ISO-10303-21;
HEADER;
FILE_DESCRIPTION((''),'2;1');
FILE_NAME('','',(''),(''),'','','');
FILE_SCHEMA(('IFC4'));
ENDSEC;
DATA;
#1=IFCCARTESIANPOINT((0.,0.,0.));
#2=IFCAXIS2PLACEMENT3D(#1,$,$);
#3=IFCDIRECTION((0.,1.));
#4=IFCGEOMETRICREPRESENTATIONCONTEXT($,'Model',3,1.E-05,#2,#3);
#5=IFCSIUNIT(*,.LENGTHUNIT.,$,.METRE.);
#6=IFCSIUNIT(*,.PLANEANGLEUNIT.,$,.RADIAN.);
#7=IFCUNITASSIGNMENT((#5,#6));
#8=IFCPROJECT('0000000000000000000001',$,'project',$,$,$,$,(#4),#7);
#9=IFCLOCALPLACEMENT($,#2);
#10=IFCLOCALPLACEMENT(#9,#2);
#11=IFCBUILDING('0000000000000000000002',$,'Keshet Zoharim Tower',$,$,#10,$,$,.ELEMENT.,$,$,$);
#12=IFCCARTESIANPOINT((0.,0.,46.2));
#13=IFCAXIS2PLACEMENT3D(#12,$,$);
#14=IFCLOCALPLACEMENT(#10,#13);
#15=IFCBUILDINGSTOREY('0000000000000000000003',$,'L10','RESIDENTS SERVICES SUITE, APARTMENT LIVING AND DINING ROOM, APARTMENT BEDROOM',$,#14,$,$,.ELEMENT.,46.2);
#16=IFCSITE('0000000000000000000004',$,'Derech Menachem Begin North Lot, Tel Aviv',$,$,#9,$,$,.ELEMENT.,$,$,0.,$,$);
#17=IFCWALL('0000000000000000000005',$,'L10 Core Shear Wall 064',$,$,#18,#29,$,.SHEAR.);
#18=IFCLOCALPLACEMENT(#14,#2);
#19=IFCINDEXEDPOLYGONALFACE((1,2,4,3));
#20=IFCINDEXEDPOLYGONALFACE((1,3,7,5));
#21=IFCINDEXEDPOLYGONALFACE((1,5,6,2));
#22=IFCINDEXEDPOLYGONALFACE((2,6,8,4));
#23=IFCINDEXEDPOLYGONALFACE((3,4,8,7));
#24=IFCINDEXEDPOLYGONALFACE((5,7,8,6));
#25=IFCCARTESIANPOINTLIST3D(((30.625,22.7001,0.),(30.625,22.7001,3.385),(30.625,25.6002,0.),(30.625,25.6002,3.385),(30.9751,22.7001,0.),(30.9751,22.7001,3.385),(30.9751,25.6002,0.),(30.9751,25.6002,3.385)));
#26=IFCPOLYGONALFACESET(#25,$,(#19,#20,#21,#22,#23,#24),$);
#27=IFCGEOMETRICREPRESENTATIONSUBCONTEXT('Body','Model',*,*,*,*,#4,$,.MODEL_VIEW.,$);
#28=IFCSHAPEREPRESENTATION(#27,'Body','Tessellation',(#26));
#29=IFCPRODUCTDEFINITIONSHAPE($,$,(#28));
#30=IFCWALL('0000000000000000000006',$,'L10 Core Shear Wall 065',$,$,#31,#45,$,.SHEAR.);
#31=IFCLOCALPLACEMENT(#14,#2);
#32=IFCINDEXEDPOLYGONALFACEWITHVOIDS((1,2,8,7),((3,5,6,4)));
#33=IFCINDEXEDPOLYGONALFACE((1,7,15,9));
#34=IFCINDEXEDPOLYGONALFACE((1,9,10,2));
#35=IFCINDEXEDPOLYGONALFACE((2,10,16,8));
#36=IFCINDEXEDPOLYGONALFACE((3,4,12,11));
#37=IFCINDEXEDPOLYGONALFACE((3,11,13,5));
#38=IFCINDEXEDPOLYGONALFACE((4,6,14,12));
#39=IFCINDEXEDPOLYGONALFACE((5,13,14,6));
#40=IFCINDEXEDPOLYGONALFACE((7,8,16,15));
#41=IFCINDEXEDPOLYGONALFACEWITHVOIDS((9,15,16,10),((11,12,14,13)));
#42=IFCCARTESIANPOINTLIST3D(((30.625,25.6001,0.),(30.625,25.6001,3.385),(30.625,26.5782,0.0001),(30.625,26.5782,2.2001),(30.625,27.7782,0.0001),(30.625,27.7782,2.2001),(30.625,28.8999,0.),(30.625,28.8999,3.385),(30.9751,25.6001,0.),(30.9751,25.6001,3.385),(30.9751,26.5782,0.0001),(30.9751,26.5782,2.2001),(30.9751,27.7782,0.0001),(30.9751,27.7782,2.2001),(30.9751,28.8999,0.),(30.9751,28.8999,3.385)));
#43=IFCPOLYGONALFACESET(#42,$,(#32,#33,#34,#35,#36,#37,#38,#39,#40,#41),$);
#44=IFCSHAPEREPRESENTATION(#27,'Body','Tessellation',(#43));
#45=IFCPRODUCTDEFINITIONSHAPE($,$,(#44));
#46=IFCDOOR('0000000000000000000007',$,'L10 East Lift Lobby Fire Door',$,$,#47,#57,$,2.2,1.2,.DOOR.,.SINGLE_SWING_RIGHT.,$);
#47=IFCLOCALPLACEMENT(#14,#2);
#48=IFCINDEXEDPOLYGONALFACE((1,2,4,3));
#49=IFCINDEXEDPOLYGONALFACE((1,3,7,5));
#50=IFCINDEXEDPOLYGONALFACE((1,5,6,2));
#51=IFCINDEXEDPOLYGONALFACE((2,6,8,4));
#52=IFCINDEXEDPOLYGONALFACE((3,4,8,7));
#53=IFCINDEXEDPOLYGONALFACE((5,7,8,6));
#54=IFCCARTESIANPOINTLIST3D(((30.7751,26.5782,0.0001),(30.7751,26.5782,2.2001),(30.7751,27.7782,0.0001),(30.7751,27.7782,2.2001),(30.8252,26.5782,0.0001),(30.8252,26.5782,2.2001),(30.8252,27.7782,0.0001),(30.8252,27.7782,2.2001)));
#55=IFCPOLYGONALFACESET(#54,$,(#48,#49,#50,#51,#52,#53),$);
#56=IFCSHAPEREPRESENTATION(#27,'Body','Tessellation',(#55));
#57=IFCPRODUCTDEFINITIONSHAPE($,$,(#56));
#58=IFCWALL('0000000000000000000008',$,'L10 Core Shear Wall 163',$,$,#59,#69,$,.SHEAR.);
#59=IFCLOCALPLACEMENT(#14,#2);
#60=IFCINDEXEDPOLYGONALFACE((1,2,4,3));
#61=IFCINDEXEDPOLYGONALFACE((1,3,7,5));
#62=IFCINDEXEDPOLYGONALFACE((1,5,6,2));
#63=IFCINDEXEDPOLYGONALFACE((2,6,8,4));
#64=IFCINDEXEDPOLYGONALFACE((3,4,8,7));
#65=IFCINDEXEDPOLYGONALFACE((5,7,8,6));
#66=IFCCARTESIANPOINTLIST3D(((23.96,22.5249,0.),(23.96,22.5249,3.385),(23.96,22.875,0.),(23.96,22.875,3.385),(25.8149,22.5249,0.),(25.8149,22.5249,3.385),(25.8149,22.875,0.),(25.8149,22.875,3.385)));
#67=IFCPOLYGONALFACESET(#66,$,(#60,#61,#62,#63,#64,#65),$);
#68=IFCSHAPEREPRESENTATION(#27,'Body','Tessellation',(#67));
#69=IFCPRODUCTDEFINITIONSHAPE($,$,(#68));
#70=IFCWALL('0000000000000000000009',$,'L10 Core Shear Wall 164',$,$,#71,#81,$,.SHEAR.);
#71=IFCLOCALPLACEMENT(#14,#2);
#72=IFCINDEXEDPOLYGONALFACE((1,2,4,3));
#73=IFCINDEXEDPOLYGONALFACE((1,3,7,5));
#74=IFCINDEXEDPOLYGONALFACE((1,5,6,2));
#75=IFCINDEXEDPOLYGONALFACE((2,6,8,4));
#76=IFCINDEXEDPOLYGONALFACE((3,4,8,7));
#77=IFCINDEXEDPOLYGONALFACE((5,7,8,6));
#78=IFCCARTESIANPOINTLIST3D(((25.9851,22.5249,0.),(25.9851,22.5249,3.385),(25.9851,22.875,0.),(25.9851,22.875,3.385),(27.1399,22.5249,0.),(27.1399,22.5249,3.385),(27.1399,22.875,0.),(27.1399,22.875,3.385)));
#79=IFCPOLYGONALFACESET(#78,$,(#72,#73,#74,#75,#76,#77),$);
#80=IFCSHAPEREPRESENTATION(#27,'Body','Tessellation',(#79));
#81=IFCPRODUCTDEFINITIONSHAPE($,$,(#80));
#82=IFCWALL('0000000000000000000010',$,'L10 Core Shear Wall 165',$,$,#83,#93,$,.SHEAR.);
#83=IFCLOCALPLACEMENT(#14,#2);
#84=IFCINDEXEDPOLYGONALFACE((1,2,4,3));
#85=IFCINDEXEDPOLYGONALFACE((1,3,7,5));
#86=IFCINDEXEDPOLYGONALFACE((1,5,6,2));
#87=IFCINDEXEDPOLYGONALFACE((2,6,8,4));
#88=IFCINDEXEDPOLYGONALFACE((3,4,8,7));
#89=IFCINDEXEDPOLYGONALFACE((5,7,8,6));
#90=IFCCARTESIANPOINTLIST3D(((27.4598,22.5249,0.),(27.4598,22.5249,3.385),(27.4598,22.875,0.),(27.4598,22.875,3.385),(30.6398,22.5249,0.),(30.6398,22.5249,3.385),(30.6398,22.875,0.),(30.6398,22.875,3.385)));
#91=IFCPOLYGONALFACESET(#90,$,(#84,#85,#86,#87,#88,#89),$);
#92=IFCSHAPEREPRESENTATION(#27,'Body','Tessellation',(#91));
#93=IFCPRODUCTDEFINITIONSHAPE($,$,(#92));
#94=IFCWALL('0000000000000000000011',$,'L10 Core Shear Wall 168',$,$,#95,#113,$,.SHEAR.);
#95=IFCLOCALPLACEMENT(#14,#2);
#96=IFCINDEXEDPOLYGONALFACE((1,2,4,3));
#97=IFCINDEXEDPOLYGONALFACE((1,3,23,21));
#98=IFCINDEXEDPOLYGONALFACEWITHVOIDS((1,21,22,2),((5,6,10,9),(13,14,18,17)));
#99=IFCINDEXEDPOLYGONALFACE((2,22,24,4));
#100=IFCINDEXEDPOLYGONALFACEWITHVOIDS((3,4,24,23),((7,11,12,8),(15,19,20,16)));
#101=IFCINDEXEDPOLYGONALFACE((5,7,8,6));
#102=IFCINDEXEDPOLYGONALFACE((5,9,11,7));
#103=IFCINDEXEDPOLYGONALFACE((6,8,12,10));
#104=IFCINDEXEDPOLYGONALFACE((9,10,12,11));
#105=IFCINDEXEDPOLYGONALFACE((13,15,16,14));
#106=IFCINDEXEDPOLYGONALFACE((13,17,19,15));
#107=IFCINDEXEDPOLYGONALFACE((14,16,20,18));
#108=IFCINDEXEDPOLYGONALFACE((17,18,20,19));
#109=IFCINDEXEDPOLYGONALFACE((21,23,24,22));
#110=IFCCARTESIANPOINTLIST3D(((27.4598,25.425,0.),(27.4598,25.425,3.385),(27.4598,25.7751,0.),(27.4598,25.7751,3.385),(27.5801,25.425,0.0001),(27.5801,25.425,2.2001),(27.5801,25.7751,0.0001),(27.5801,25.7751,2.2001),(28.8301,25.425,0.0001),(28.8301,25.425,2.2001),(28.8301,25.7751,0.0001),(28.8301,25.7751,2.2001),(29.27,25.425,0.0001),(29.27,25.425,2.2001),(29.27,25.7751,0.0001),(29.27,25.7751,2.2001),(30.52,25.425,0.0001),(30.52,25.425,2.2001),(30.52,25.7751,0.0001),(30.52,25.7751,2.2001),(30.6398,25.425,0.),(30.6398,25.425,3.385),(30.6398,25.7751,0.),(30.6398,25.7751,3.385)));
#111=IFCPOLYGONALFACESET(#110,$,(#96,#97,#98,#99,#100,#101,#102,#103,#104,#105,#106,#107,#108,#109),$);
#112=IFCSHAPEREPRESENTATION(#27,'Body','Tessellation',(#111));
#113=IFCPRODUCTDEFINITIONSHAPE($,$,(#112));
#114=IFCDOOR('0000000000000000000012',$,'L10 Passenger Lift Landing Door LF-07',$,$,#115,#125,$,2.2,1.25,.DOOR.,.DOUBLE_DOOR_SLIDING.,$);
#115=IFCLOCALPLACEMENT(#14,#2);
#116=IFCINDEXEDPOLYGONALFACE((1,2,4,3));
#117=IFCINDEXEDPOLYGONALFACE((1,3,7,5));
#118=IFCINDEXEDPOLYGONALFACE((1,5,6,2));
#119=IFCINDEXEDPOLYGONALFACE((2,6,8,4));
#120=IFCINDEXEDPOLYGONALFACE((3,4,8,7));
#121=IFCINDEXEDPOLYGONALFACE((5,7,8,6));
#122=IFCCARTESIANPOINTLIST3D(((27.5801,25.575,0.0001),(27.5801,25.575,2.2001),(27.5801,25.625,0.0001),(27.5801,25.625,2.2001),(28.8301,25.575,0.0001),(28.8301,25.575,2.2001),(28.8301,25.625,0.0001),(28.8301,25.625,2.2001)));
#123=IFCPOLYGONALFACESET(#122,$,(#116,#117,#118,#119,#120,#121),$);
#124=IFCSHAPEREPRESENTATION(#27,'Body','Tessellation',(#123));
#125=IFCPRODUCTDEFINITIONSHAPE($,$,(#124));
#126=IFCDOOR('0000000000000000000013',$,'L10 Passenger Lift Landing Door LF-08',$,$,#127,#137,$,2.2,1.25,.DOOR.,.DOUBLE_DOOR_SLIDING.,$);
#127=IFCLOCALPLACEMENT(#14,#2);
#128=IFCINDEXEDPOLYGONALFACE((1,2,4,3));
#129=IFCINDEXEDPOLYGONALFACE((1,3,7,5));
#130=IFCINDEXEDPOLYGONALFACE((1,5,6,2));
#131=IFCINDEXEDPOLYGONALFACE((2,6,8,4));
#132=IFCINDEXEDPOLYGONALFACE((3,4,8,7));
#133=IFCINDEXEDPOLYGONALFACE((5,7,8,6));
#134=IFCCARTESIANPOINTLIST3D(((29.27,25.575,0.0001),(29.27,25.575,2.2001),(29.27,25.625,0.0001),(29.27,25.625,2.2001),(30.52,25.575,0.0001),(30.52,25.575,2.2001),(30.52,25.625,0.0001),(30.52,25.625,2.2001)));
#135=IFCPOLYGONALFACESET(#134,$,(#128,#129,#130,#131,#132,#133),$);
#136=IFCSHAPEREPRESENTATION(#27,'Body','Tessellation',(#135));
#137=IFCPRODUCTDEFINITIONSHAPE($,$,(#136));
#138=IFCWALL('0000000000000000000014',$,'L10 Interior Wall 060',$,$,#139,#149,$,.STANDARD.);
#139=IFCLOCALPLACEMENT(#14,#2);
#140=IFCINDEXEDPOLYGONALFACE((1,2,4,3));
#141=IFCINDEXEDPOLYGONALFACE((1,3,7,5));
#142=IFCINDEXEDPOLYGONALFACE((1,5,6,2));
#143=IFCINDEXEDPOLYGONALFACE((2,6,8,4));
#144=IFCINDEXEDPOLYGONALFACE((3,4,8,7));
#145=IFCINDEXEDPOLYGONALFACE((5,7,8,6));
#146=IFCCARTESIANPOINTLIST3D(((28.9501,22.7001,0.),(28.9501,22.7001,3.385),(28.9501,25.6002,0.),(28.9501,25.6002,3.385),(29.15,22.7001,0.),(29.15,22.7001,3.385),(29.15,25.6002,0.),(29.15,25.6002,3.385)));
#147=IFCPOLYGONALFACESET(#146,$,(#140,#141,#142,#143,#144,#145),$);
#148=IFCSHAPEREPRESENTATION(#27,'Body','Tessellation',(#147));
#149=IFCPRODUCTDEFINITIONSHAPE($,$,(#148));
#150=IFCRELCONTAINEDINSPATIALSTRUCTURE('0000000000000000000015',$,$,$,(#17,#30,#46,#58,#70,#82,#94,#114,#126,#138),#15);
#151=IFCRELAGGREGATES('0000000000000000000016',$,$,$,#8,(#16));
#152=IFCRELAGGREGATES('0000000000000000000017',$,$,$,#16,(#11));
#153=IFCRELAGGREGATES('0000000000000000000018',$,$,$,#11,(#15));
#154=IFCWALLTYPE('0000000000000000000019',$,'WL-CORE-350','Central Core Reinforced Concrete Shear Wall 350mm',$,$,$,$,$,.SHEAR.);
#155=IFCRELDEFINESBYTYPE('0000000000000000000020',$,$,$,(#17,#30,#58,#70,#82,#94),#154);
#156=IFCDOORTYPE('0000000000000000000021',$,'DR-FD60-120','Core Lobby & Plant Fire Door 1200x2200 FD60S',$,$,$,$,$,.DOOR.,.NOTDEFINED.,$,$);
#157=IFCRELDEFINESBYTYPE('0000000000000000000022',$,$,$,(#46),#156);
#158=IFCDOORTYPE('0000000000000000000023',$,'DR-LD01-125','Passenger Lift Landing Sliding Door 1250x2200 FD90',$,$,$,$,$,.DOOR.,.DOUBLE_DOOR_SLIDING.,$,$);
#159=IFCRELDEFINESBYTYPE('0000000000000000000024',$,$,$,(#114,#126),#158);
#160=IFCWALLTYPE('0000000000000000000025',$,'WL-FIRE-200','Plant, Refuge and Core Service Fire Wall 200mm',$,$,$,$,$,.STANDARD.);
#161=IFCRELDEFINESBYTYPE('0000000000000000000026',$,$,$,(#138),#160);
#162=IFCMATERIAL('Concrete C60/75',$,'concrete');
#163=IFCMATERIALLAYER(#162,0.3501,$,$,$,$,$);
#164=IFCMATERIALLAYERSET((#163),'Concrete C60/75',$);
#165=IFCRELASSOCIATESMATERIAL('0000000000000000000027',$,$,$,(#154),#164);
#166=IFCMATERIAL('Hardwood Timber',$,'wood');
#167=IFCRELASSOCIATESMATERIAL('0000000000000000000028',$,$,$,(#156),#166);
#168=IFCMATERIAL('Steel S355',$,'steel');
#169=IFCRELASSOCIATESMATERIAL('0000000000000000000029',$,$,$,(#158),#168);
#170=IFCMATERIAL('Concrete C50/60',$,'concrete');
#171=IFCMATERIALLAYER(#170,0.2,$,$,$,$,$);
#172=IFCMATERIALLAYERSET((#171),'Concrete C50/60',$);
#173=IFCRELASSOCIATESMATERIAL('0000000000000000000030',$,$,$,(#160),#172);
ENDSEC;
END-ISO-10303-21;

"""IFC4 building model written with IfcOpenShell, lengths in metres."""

from ifc_helpers import new_model, si_unit, direction, frame, frame_2d, origin, place, context, subcontext, project, spatial, rectangle, extrude, material, layer, layer_set, type_object, element, fill, save


model = new_model("IFC4")

# Units and contexts
model_context = context("Model", 3, precision=1e-05, world=origin(), true_north=direction((0.0, 1.0)))
body_context = subcontext(model_context, "Body", "Model", "MODEL_VIEW")
ifc_project = project(units=[si_unit("LENGTHUNIT", "METRE"), si_unit("PLANEANGLEUNIT", "RADIAN")], contexts=[model_context])

# Site, building, storey
site_placement = place(None, origin())
site = spatial("IfcSite", under=ifc_project, at=site_placement, Name="Derech Menachem Begin North Lot, Tel Aviv", CompositionType="ELEMENT", RefElevation=0.0)
building_placement = place(site_placement, origin())
building = spatial("IfcBuilding", under=site, at=building_placement, Name="Keshet Zoharim Tower", CompositionType="ELEMENT")
storey_placement = place(building_placement, frame((0.0, 0.0, 46.2)))
storey = spatial("IfcBuildingStorey", under=building, at=storey_placement, Name="L10", Description="RESIDENTS SERVICES SUITE, APARTMENT LIVING AND DINING ROOM, APARTMENT BEDROOM", CompositionType="ELEMENT", Elevation=46.2)

# Shared definitions
ifc_material_1 = material(Name="Concrete C60/75", Category="concrete")

# Shared definitions
ifc_material_2 = material(Name="Steel S355", Category="steel")

# Shared definitions
ifc_layer_1 = layer(ifc_material_1, 0.3501)
ifc_layer_set_1 = layer_set([ifc_layer_1], Name="Concrete C60/75")
wall_type_1 = type_object("IfcWallType", Name="WL-CORE-350", Description="Central Core Reinforced Concrete Shear Wall 350mm", PredefinedType="SHEAR", material=ifc_layer_set_1)
ifc_material_3 = material(Name="Hardwood Timber", Category="wood")

# Wall
wall_1_placement = place(storey_placement, frame((30.8, 22.7, 0.0), z_axis=(0.0, 0.0, 1.0), x_axis=(0.0, 1.0, 0.0)))
element("IfcWall", 1, at=wall_1_placement, inside=storey, type_object=wall_type_1, Name="L10 Core Shear Wall 064", PredefinedType="SHEAR", context=body_context, shape_type="SweptSolid", body=[
    extrude(rectangle(XDim=2.9001, YDim=0.3501, at=frame_2d((1.4502, 0.0))), origin(), (0.0, 0.0, 1.0), 3.385),
])

# Wall, opening, door
wall_2_placement = place(storey_placement, frame((30.8, 25.6001, 0.0), z_axis=(0.0, 0.0, 1.0), x_axis=(0.0, 1.0, 0.0)))
wall_2 = element("IfcWall", 2, at=wall_2_placement, inside=storey, type_object=wall_type_1, Name="L10 Core Shear Wall 065", PredefinedType="SHEAR", context=body_context, shape_type="SweptSolid", body=[
    extrude(rectangle(XDim=3.2998, YDim=0.3501, at=frame_2d((1.6499, 0.0))), origin(), (0.0, 0.0, 1.0), 3.385),
])
opening_1_placement = place(wall_2_placement, frame((0.978, 0.0, 0.0)))
opening_1 = element("IfcOpeningElement", 3, at=opening_1_placement, cuts=wall_2, PredefinedType="OPENING", context=body_context, shape_type="SweptSolid", body=[
    extrude(rectangle(XDim=1.2, YDim=2.2, at=frame_2d((0.6001, 1.1001))), frame((0.0, 0.1851, 0.0), z_axis=(0.0, -1.0, 0.0), x_axis=(1.0, 0.0, 0.0)), (0.0, 0.0, 1.0), 0.3701),
])
door_type_1 = type_object("IfcDoorType", Name="DR-FD60-120", Description="Core Lobby & Plant Fire Door 1200x2200 FD60S", OperationType="NOTDEFINED", PredefinedType="DOOR", material=ifc_material_3)
door_1_placement = place(opening_1_placement, origin())
door_1 = element("IfcDoor", 4, at=door_1_placement, inside=storey, type_object=door_type_1, Name="L10 East Lift Lobby Fire Door", OperationType="SINGLE_SWING_RIGHT", OverallHeight=2.2, OverallWidth=1.2, PredefinedType="DOOR", context=body_context, shape_type="SweptSolid", body=[
    extrude(rectangle(XDim=1.2, YDim=2.2, at=frame_2d((0.6001, 1.1001))), frame((0.0, 0.0249, 0.0), z_axis=(0.0, -1.0, 0.0), x_axis=(1.0, 0.0, 0.0)), (0.0, 0.0, 1.0), 0.05),
])
fill(opening_1, door_1)

# Walls
wall_3_placement = place(storey_placement, frame((23.96, 22.7, 0.0), z_axis=(0.0, 0.0, 1.0), x_axis=(1.0, 0.0, 0.0)))
element("IfcWall", 5, at=wall_3_placement, inside=storey, type_object=wall_type_1, Name="L10 Core Shear Wall 163", PredefinedType="SHEAR", context=body_context, shape_type="SweptSolid", body=[
    extrude(rectangle(XDim=1.855, YDim=0.3501, at=frame_2d((0.9275, 0.0))), origin(), (0.0, 0.0, 1.0), 3.385),
])
wall_4_placement = place(storey_placement, frame((25.9851, 22.7, 0.0), z_axis=(0.0, 0.0, 1.0), x_axis=(1.0, 0.0, 0.0)))
element("IfcWall", 6, at=wall_4_placement, inside=storey, type_object=wall_type_1, Name="L10 Core Shear Wall 164", PredefinedType="SHEAR", context=body_context, shape_type="SweptSolid", body=[
    extrude(rectangle(XDim=1.1548, YDim=0.3501, at=frame_2d((0.5774, 0.0))), origin(), (0.0, 0.0, 1.0), 3.385),
])
wall_5_placement = place(storey_placement, frame((27.46, 22.7, 0.0), z_axis=(0.0, 0.0, 1.0), x_axis=(1.0, 0.0, 0.0)))
element("IfcWall", 7, at=wall_5_placement, inside=storey, type_object=wall_type_1, Name="L10 Core Shear Wall 165", PredefinedType="SHEAR", context=body_context, shape_type="SweptSolid", body=[
    extrude(rectangle(XDim=3.1799, YDim=0.3501, at=frame_2d((1.5898, 0.0))), origin(), (0.0, 0.0, 1.0), 3.385),
])

# Wall, openings, doors
wall_6_placement = place(storey_placement, frame((27.46, 25.6001, 0.0), z_axis=(0.0, 0.0, 1.0), x_axis=(1.0, 0.0, 0.0)))
wall_6 = element("IfcWall", 8, at=wall_6_placement, inside=storey, type_object=wall_type_1, Name="L10 Core Shear Wall 168", PredefinedType="SHEAR", context=body_context, shape_type="SweptSolid", body=[
    extrude(rectangle(XDim=3.1799, YDim=0.3501, at=frame_2d((1.5898, 0.0))), origin(), (0.0, 0.0, 1.0), 3.385),
])
opening_2_placement = place(wall_6_placement, frame((0.1201, 0.0, 0.0)))
opening_2 = element("IfcOpeningElement", 9, at=opening_2_placement, cuts=wall_6, PredefinedType="OPENING", context=body_context, shape_type="SweptSolid", body=[
    extrude(rectangle(XDim=1.25, YDim=2.2, at=frame_2d((0.625, 1.1001))), frame((0.0, 0.1851, 0.0), z_axis=(0.0, -1.0, 0.0), x_axis=(1.0, 0.0, 0.0)), (0.0, 0.0, 1.0), 0.3701),
])
opening_3_placement = place(wall_6_placement, frame((1.8101, 0.0, 0.0)))
opening_3 = element("IfcOpeningElement", 10, at=opening_3_placement, cuts=wall_6, PredefinedType="OPENING", context=body_context, shape_type="SweptSolid", body=[
    extrude(rectangle(XDim=1.25, YDim=2.2, at=frame_2d((0.625, 1.1001))), frame((0.0, 0.1851, 0.0), z_axis=(0.0, -1.0, 0.0), x_axis=(1.0, 0.0, 0.0)), (0.0, 0.0, 1.0), 0.3701),
])
door_type_2 = type_object("IfcDoorType", Name="DR-LD01-125", Description="Passenger Lift Landing Sliding Door 1250x2200 FD90", OperationType="DOUBLE_DOOR_SLIDING", PredefinedType="DOOR", material=ifc_material_2)
door_2_placement = place(opening_2_placement, origin())
door_2 = element("IfcDoor", 11, at=door_2_placement, inside=storey, type_object=door_type_2, Name="L10 Passenger Lift Landing Door LF-07", OperationType="DOUBLE_DOOR_SLIDING", OverallHeight=2.2, OverallWidth=1.25, PredefinedType="DOOR", context=body_context, shape_type="SweptSolid", body=[
    extrude(rectangle(XDim=1.25, YDim=2.2, at=frame_2d((0.625, 1.1001))), frame((0.0, 0.0249, 0.0), z_axis=(0.0, -1.0, 0.0), x_axis=(1.0, 0.0, 0.0)), (0.0, 0.0, 1.0), 0.05),
])
fill(opening_2, door_2)
door_3_placement = place(opening_3_placement, origin())
door_3 = element("IfcDoor", 12, at=door_3_placement, inside=storey, type_object=door_type_2, Name="L10 Passenger Lift Landing Door LF-08", OperationType="DOUBLE_DOOR_SLIDING", OverallHeight=2.2, OverallWidth=1.25, PredefinedType="DOOR", context=body_context, shape_type="SweptSolid", body=[
    extrude(rectangle(XDim=1.25, YDim=2.2, at=frame_2d((0.625, 1.1001))), frame((0.0, 0.0249, 0.0), z_axis=(0.0, -1.0, 0.0), x_axis=(1.0, 0.0, 0.0)), (0.0, 0.0, 1.0), 0.05),
])
fill(opening_3, door_3)

# Wall
ifc_material_4 = material(Name="Concrete C50/60", Category="concrete")
ifc_layer_2 = layer(ifc_material_4, 0.2)
ifc_layer_set_2 = layer_set([ifc_layer_2], Name="Concrete C50/60")
wall_type_2 = type_object("IfcWallType", Name="WL-FIRE-200", Description="Plant, Refuge and Core Service Fire Wall 200mm", PredefinedType="STANDARD", material=ifc_layer_set_2)
wall_7_placement = place(storey_placement, frame((29.05, 22.7, 0.0), z_axis=(0.0, 0.0, 1.0), x_axis=(0.0, 1.0, 0.0)))
element("IfcWall", 13, at=wall_7_placement, inside=storey, type_object=wall_type_2, Name="L10 Interior Wall 060", PredefinedType="STANDARD", context=body_context, shape_type="SweptSolid", body=[
    extrude(rectangle(XDim=2.9001, YDim=0.2, at=frame_2d((1.4502, 0.0))), origin(), (0.0, 0.0, 1.0), 3.385),
])

save(model, "model.ifc")
